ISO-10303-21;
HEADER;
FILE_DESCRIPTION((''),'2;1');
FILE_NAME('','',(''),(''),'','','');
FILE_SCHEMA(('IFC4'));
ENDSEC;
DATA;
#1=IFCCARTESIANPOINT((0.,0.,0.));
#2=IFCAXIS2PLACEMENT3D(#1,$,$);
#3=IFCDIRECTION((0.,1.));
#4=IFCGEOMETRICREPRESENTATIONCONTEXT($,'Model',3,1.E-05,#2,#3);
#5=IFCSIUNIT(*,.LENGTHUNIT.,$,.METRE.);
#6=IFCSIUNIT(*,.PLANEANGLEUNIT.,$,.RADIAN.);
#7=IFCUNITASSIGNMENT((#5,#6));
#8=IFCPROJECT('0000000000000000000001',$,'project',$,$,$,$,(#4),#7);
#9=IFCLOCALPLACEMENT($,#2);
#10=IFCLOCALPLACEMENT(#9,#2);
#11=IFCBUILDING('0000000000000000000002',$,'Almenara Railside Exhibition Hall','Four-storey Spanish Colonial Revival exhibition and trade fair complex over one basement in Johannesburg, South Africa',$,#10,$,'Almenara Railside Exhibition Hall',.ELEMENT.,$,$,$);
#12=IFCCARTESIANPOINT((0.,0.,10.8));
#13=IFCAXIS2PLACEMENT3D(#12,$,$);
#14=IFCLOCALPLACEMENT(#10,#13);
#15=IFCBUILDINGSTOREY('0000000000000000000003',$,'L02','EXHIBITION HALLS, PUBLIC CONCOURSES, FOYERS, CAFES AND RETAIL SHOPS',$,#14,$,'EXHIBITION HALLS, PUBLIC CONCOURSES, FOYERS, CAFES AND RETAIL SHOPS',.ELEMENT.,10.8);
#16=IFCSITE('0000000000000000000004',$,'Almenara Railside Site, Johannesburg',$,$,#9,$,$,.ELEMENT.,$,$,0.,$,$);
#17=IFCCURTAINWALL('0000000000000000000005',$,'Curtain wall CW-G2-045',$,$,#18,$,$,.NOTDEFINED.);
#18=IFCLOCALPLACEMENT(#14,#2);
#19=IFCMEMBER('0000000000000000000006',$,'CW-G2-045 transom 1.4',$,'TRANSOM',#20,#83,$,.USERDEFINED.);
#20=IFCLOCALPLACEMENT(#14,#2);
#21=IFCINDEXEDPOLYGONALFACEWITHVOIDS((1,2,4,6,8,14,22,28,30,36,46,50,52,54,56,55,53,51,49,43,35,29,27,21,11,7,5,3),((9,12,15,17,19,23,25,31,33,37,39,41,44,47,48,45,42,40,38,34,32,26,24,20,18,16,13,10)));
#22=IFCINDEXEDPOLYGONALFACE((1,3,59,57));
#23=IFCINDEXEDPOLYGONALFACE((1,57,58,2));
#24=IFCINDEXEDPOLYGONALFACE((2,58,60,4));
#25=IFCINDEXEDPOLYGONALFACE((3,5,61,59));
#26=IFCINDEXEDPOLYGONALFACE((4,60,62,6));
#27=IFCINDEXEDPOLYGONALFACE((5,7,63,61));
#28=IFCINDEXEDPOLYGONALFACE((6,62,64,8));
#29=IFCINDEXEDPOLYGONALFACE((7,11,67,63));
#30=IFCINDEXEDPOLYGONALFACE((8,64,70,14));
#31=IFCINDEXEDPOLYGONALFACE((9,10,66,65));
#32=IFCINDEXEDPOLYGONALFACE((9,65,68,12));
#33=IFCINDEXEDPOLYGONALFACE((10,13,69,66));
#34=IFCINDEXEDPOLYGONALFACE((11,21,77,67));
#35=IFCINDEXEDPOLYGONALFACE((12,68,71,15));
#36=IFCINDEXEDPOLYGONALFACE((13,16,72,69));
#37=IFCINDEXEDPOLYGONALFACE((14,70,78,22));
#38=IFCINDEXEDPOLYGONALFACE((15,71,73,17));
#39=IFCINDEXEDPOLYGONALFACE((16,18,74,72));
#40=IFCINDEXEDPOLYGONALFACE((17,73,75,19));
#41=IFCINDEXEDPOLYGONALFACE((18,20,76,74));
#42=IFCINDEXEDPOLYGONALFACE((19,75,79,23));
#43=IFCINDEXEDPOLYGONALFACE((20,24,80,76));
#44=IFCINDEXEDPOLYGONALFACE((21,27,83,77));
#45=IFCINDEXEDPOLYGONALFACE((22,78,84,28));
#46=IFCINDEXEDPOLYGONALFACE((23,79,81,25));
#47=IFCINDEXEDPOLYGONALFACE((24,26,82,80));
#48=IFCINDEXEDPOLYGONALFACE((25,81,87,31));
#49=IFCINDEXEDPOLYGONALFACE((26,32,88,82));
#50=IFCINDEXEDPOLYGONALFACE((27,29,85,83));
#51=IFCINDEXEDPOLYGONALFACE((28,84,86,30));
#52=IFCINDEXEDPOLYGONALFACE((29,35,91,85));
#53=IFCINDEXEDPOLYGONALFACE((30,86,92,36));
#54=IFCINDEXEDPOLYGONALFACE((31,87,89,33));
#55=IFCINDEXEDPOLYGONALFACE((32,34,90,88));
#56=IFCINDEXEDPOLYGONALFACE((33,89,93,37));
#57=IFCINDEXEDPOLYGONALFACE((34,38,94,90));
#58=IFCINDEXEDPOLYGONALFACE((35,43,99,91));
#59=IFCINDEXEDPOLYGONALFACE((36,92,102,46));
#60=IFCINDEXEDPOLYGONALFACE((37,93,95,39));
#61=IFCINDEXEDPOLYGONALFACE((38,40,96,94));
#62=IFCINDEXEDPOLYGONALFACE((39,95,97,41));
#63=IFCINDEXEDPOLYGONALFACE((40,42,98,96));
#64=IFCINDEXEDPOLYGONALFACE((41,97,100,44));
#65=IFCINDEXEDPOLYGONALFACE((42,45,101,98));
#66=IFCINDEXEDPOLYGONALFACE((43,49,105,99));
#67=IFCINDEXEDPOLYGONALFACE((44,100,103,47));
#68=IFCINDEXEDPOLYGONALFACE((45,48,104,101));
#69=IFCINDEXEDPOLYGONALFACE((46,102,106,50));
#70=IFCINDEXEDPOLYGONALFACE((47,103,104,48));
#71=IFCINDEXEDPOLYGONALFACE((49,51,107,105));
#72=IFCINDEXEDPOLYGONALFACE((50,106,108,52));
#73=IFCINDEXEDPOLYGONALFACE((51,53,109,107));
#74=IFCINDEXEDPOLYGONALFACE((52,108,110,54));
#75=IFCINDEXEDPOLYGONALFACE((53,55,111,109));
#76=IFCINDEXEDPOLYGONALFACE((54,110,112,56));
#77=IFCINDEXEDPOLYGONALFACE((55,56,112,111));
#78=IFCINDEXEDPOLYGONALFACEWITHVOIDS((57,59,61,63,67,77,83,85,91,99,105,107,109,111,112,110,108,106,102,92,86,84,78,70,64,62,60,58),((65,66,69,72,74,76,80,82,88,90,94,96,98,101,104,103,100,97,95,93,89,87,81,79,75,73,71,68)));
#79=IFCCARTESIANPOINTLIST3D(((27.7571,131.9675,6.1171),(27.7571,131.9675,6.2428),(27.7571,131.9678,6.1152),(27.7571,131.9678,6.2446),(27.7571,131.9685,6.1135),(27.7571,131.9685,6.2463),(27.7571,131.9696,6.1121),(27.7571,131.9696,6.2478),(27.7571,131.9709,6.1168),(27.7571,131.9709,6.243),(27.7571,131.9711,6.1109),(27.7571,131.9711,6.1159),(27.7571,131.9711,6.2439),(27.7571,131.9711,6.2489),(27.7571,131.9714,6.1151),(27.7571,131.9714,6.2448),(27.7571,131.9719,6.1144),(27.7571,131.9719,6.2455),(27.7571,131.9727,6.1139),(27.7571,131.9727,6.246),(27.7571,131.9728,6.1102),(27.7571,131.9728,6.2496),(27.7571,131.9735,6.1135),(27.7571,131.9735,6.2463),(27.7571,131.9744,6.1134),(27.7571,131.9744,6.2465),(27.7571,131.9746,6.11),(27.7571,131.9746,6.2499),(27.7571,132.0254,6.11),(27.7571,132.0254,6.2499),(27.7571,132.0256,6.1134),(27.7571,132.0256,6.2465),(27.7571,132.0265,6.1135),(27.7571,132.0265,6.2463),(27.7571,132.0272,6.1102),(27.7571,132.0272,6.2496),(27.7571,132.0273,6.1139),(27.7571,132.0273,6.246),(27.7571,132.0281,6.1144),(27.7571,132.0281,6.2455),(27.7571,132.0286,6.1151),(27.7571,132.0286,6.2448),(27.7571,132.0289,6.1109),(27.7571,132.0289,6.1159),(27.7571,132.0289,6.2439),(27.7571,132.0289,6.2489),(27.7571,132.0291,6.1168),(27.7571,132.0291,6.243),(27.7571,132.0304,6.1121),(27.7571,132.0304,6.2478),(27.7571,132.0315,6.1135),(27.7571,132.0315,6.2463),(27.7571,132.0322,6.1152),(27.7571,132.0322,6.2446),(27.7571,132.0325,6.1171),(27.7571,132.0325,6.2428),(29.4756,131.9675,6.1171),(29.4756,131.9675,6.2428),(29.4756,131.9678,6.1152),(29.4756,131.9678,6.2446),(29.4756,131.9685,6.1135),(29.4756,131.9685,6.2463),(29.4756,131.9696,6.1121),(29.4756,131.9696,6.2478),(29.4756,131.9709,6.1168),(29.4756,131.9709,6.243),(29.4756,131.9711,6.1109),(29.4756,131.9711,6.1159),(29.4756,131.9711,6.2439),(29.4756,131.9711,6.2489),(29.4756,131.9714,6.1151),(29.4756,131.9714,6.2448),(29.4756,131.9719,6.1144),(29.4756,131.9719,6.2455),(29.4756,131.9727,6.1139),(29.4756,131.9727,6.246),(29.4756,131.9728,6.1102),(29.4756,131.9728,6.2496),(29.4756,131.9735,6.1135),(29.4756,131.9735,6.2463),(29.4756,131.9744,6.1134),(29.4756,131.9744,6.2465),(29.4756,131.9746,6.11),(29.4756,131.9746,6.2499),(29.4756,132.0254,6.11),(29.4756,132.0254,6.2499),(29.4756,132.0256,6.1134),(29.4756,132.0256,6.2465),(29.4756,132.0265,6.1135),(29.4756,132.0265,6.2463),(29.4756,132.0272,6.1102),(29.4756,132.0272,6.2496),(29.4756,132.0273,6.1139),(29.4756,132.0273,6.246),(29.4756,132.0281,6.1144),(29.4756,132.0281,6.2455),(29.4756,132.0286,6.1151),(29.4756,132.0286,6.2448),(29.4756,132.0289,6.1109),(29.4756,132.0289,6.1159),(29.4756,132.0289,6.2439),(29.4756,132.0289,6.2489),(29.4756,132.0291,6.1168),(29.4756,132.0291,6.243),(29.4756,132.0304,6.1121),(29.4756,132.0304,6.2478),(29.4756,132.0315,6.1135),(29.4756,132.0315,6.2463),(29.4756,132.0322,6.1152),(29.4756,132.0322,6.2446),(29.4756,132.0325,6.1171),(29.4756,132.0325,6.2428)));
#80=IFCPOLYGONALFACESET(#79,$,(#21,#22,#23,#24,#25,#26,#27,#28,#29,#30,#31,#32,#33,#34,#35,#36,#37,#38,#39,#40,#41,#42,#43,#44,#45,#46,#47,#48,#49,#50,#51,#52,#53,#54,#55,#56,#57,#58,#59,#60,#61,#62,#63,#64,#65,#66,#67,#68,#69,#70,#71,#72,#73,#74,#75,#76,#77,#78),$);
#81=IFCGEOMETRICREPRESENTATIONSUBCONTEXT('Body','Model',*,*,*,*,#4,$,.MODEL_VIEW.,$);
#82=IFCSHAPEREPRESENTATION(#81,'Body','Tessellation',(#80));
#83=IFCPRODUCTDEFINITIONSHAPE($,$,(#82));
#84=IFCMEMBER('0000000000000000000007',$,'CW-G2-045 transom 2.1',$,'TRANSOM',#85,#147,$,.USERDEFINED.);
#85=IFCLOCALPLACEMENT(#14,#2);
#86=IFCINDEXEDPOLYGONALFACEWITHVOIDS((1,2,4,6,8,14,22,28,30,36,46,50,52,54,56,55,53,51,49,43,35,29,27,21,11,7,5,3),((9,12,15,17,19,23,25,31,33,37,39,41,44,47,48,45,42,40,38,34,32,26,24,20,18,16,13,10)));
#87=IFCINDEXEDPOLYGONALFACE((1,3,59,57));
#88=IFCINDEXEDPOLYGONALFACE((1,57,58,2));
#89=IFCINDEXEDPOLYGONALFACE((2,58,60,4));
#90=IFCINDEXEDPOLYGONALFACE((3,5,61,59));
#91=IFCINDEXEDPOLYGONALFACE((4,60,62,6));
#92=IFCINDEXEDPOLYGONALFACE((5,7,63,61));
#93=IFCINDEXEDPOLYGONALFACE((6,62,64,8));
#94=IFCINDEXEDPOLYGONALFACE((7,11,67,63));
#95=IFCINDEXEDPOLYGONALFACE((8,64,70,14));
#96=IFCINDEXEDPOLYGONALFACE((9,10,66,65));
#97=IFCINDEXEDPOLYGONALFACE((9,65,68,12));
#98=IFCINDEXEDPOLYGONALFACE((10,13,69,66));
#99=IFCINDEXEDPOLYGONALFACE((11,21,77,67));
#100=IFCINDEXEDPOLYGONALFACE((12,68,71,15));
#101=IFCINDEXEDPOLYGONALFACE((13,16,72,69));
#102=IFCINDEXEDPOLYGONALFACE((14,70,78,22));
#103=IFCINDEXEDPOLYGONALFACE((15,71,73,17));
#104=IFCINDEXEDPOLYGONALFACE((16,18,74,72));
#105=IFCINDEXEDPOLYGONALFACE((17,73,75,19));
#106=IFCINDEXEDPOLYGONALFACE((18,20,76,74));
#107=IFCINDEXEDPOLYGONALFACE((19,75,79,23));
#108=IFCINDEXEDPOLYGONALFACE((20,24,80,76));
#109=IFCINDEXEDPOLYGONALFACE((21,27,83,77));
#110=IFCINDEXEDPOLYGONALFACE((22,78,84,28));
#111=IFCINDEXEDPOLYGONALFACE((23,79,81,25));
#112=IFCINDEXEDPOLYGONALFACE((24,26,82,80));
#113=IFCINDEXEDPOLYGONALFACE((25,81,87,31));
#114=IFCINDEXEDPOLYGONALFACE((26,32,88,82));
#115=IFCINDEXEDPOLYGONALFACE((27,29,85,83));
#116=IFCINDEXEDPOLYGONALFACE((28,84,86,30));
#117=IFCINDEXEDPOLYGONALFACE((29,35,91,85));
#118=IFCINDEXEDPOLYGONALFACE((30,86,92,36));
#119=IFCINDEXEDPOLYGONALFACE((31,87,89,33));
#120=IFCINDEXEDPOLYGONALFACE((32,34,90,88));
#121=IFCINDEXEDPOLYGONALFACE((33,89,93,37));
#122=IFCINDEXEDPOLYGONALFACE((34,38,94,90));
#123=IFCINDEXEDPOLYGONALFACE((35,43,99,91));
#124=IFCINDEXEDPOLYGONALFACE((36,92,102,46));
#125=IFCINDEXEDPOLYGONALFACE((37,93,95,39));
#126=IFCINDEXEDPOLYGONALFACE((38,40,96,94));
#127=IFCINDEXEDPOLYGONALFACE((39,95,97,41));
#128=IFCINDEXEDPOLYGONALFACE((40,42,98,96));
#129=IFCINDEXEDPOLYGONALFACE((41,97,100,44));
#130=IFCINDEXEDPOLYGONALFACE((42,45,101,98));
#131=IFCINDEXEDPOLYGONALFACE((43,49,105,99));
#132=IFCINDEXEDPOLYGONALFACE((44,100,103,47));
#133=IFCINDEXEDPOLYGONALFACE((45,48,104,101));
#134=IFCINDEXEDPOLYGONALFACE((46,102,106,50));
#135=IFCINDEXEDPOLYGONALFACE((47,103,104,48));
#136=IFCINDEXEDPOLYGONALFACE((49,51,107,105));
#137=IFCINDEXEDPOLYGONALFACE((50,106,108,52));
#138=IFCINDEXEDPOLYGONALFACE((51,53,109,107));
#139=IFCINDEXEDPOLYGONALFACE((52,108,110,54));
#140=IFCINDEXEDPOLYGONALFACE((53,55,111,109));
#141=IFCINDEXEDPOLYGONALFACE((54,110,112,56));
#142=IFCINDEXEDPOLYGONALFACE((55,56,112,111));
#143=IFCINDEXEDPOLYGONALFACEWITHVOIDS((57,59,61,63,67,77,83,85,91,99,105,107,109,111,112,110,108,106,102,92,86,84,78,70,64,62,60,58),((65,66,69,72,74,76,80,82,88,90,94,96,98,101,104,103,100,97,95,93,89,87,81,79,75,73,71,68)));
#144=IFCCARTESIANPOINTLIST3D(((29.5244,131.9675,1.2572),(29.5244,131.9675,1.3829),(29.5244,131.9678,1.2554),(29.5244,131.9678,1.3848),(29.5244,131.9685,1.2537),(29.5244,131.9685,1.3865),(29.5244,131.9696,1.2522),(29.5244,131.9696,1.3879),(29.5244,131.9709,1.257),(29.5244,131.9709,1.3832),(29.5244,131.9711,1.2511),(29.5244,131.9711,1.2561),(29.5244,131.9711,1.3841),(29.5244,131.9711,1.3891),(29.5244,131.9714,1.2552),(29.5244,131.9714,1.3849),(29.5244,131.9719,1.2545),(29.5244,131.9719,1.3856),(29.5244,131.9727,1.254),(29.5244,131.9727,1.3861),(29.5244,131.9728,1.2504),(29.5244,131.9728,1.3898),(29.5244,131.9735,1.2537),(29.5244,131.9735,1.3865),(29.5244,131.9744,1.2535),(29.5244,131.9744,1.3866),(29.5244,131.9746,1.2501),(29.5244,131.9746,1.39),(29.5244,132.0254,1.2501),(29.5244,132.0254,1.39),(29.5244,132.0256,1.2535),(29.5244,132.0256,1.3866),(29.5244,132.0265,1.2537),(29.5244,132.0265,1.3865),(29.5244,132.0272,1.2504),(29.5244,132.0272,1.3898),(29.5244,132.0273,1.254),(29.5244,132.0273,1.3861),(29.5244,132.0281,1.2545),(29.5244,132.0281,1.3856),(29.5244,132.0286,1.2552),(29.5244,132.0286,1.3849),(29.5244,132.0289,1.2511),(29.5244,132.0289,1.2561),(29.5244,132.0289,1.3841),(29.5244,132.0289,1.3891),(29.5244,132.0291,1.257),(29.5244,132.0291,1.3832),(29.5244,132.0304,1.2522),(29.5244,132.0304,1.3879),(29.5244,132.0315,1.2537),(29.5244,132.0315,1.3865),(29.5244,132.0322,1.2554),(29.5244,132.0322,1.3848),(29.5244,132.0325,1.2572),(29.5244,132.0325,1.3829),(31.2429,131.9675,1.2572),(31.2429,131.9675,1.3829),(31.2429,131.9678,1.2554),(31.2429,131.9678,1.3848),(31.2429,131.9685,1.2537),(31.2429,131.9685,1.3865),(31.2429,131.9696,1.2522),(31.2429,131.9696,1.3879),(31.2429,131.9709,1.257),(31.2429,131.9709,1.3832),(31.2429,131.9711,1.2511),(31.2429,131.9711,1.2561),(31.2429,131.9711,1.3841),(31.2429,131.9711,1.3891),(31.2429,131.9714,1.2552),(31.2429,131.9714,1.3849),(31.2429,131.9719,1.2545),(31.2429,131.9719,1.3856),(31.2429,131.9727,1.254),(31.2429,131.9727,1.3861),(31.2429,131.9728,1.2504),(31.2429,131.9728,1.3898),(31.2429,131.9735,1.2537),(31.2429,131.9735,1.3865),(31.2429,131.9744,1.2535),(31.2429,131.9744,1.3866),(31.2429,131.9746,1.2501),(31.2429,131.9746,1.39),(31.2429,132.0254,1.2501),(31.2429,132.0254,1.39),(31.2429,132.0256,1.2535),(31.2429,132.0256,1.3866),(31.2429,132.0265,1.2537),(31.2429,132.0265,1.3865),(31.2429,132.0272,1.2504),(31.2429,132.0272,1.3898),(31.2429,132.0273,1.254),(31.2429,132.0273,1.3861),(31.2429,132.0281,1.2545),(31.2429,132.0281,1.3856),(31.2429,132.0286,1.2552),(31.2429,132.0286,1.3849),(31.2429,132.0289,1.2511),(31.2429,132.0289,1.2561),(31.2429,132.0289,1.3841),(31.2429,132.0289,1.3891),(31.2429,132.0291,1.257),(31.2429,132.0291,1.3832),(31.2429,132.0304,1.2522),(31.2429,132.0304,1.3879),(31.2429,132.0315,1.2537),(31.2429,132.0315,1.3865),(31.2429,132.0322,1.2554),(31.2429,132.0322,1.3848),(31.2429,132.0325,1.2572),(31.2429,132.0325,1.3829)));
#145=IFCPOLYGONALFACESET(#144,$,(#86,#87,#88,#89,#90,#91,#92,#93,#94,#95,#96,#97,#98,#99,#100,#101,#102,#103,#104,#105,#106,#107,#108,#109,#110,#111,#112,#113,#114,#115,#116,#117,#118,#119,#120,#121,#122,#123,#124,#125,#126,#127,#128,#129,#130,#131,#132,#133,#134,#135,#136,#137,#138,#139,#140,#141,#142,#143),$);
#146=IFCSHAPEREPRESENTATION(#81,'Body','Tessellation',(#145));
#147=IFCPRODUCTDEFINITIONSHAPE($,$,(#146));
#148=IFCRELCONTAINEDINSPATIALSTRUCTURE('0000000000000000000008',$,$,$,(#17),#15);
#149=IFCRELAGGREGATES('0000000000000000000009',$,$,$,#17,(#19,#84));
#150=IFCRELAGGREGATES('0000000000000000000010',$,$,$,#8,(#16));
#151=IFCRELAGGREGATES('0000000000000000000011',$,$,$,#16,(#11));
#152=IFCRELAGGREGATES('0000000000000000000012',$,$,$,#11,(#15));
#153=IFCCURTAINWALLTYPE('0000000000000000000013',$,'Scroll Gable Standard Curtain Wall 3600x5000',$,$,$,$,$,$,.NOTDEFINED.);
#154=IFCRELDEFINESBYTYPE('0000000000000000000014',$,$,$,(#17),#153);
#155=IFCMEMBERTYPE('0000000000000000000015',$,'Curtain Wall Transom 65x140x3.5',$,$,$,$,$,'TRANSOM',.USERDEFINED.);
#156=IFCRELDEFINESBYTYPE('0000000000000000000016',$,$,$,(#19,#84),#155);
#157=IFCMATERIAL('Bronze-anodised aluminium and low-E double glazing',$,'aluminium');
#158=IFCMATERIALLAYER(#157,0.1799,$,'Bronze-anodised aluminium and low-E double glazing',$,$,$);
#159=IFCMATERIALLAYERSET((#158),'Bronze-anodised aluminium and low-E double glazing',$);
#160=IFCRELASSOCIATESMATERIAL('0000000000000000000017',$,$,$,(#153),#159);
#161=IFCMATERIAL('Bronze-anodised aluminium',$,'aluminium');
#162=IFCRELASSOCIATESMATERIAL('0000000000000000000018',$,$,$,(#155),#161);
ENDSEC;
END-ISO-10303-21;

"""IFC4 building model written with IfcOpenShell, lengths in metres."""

from ifc_helpers import new_model, si_unit, direction, frame, origin, origin_2d, place, context, subcontext, project, spatial, hollow_rectangle, extrude, material, layer, layer_set, material_profile, profile_set, type_object, element, aggregate, save


model = new_model("IFC4")

# Units and contexts
model_context = context("Model", 3, precision=1e-05, world=origin(), true_north=direction((0.0, 1.0)))
body_context = subcontext(model_context, "Body", "Model", "MODEL_VIEW")
ifc_project = project(units=[si_unit("LENGTHUNIT", "METRE"), si_unit("PLANEANGLEUNIT", "RADIAN")], contexts=[model_context])

# Site, building, storey
site_placement = place(None, origin())
site = spatial("IfcSite", under=ifc_project, at=site_placement, Name="Almenara Railside Site, Johannesburg", CompositionType="ELEMENT", RefElevation=0.0)
building_placement = place(site_placement, origin())
building = spatial("IfcBuilding", under=site, at=building_placement, Name="Almenara Railside Exhibition Hall", Description="Four-storey Spanish Colonial Revival exhibition and trade fair complex over one basement in Johannesburg, South Africa", LongName="Almenara Railside Exhibition Hall", CompositionType="ELEMENT")
storey_placement = place(building_placement, frame((0.0, 0.0, 10.8)))
storey = spatial("IfcBuildingStorey", under=building, at=storey_placement, Name="L02", Description="EXHIBITION HALLS, PUBLIC CONCOURSES, FOYERS, CAFES AND RETAIL SHOPS", LongName="EXHIBITION HALLS, PUBLIC CONCOURSES, FOYERS, CAFES AND RETAIL SHOPS", CompositionType="ELEMENT", Elevation=10.8)

# Curtain wall
ifc_material_1 = material(Name="Bronze-anodised aluminium and low-E double glazing", Category="aluminium")
ifc_layer_1 = layer(ifc_material_1, 0.1799, Name="Bronze-anodised aluminium and low-E double glazing")
ifc_layer_set_1 = layer_set([ifc_layer_1], Name="Bronze-anodised aluminium and low-E double glazing")
curtain_wall_type = type_object("IfcCurtainWallType", Name="Scroll Gable Standard Curtain Wall 3600x5000", PredefinedType="NOTDEFINED", material=ifc_layer_set_1)
curtain_wall_1_placement = place(storey_placement, origin())
curtain_wall_1 = element("IfcCurtainWall", 1, at=curtain_wall_1_placement, inside=storey, type_object=curtain_wall_type, Name="Curtain wall CW-G2-045", PredefinedType="NOTDEFINED")
ifc_material_2 = material(Name="Bronze-anodised aluminium", Category="aluminium")

# Members
ifc_material_profile_1 = material_profile(ifc_material_2, hollow_rectangle(XDim=0.0649, YDim=0.1399, WallThickness=0.0034, InnerFilletRadius=0.0034, OuterFilletRadius=0.0071, at=origin_2d()), Name="ALU-TRN 65x140x3.5")
ifc_profile_set_1 = profile_set([ifc_material_profile_1], Name="Bronze-anodised aluminium")
member_type_1 = type_object("IfcMemberType", Name="Curtain Wall Transom 65x140x3.5", ElementType="TRANSOM", PredefinedType="USERDEFINED", material=ifc_profile_set_1)
member_1_placement = place(storey_placement, frame((27.7571, 132.0, 6.1799), z_axis=(1.0, 0.0, 0.0), x_axis=(0.0, 1.0, 0.0)))
member_1 = element("IfcMember", 2, at=member_1_placement, type_object=member_type_1, Name="CW-G2-045 transom 1.4", ObjectType="TRANSOM", PredefinedType="USERDEFINED", context=body_context, shape_type="SweptSolid", body=[
    extrude(hollow_rectangle(XDim=0.0649, YDim=0.1399, WallThickness=0.0034, InnerFilletRadius=0.0034, OuterFilletRadius=0.0071, at=origin_2d()), origin(), (0.0, 0.0, 1.0), 1.7185),
])
member_2_placement = place(storey_placement, frame((29.5244, 132.0, 1.3201), z_axis=(1.0, 0.0, 0.0), x_axis=(0.0, 1.0, 0.0)))
member_2 = element("IfcMember", 3, at=member_2_placement, type_object=member_type_1, Name="CW-G2-045 transom 2.1", ObjectType="TRANSOM", PredefinedType="USERDEFINED", context=body_context, shape_type="SweptSolid", body=[
    extrude(hollow_rectangle(XDim=0.0649, YDim=0.1399, WallThickness=0.0034, InnerFilletRadius=0.0034, OuterFilletRadius=0.0071, at=origin_2d()), origin(), (0.0, 0.0, 1.0), 1.7185),
])

aggregate(curtain_wall_1, [member_1, member_2])

save(model, "model.ifc")
